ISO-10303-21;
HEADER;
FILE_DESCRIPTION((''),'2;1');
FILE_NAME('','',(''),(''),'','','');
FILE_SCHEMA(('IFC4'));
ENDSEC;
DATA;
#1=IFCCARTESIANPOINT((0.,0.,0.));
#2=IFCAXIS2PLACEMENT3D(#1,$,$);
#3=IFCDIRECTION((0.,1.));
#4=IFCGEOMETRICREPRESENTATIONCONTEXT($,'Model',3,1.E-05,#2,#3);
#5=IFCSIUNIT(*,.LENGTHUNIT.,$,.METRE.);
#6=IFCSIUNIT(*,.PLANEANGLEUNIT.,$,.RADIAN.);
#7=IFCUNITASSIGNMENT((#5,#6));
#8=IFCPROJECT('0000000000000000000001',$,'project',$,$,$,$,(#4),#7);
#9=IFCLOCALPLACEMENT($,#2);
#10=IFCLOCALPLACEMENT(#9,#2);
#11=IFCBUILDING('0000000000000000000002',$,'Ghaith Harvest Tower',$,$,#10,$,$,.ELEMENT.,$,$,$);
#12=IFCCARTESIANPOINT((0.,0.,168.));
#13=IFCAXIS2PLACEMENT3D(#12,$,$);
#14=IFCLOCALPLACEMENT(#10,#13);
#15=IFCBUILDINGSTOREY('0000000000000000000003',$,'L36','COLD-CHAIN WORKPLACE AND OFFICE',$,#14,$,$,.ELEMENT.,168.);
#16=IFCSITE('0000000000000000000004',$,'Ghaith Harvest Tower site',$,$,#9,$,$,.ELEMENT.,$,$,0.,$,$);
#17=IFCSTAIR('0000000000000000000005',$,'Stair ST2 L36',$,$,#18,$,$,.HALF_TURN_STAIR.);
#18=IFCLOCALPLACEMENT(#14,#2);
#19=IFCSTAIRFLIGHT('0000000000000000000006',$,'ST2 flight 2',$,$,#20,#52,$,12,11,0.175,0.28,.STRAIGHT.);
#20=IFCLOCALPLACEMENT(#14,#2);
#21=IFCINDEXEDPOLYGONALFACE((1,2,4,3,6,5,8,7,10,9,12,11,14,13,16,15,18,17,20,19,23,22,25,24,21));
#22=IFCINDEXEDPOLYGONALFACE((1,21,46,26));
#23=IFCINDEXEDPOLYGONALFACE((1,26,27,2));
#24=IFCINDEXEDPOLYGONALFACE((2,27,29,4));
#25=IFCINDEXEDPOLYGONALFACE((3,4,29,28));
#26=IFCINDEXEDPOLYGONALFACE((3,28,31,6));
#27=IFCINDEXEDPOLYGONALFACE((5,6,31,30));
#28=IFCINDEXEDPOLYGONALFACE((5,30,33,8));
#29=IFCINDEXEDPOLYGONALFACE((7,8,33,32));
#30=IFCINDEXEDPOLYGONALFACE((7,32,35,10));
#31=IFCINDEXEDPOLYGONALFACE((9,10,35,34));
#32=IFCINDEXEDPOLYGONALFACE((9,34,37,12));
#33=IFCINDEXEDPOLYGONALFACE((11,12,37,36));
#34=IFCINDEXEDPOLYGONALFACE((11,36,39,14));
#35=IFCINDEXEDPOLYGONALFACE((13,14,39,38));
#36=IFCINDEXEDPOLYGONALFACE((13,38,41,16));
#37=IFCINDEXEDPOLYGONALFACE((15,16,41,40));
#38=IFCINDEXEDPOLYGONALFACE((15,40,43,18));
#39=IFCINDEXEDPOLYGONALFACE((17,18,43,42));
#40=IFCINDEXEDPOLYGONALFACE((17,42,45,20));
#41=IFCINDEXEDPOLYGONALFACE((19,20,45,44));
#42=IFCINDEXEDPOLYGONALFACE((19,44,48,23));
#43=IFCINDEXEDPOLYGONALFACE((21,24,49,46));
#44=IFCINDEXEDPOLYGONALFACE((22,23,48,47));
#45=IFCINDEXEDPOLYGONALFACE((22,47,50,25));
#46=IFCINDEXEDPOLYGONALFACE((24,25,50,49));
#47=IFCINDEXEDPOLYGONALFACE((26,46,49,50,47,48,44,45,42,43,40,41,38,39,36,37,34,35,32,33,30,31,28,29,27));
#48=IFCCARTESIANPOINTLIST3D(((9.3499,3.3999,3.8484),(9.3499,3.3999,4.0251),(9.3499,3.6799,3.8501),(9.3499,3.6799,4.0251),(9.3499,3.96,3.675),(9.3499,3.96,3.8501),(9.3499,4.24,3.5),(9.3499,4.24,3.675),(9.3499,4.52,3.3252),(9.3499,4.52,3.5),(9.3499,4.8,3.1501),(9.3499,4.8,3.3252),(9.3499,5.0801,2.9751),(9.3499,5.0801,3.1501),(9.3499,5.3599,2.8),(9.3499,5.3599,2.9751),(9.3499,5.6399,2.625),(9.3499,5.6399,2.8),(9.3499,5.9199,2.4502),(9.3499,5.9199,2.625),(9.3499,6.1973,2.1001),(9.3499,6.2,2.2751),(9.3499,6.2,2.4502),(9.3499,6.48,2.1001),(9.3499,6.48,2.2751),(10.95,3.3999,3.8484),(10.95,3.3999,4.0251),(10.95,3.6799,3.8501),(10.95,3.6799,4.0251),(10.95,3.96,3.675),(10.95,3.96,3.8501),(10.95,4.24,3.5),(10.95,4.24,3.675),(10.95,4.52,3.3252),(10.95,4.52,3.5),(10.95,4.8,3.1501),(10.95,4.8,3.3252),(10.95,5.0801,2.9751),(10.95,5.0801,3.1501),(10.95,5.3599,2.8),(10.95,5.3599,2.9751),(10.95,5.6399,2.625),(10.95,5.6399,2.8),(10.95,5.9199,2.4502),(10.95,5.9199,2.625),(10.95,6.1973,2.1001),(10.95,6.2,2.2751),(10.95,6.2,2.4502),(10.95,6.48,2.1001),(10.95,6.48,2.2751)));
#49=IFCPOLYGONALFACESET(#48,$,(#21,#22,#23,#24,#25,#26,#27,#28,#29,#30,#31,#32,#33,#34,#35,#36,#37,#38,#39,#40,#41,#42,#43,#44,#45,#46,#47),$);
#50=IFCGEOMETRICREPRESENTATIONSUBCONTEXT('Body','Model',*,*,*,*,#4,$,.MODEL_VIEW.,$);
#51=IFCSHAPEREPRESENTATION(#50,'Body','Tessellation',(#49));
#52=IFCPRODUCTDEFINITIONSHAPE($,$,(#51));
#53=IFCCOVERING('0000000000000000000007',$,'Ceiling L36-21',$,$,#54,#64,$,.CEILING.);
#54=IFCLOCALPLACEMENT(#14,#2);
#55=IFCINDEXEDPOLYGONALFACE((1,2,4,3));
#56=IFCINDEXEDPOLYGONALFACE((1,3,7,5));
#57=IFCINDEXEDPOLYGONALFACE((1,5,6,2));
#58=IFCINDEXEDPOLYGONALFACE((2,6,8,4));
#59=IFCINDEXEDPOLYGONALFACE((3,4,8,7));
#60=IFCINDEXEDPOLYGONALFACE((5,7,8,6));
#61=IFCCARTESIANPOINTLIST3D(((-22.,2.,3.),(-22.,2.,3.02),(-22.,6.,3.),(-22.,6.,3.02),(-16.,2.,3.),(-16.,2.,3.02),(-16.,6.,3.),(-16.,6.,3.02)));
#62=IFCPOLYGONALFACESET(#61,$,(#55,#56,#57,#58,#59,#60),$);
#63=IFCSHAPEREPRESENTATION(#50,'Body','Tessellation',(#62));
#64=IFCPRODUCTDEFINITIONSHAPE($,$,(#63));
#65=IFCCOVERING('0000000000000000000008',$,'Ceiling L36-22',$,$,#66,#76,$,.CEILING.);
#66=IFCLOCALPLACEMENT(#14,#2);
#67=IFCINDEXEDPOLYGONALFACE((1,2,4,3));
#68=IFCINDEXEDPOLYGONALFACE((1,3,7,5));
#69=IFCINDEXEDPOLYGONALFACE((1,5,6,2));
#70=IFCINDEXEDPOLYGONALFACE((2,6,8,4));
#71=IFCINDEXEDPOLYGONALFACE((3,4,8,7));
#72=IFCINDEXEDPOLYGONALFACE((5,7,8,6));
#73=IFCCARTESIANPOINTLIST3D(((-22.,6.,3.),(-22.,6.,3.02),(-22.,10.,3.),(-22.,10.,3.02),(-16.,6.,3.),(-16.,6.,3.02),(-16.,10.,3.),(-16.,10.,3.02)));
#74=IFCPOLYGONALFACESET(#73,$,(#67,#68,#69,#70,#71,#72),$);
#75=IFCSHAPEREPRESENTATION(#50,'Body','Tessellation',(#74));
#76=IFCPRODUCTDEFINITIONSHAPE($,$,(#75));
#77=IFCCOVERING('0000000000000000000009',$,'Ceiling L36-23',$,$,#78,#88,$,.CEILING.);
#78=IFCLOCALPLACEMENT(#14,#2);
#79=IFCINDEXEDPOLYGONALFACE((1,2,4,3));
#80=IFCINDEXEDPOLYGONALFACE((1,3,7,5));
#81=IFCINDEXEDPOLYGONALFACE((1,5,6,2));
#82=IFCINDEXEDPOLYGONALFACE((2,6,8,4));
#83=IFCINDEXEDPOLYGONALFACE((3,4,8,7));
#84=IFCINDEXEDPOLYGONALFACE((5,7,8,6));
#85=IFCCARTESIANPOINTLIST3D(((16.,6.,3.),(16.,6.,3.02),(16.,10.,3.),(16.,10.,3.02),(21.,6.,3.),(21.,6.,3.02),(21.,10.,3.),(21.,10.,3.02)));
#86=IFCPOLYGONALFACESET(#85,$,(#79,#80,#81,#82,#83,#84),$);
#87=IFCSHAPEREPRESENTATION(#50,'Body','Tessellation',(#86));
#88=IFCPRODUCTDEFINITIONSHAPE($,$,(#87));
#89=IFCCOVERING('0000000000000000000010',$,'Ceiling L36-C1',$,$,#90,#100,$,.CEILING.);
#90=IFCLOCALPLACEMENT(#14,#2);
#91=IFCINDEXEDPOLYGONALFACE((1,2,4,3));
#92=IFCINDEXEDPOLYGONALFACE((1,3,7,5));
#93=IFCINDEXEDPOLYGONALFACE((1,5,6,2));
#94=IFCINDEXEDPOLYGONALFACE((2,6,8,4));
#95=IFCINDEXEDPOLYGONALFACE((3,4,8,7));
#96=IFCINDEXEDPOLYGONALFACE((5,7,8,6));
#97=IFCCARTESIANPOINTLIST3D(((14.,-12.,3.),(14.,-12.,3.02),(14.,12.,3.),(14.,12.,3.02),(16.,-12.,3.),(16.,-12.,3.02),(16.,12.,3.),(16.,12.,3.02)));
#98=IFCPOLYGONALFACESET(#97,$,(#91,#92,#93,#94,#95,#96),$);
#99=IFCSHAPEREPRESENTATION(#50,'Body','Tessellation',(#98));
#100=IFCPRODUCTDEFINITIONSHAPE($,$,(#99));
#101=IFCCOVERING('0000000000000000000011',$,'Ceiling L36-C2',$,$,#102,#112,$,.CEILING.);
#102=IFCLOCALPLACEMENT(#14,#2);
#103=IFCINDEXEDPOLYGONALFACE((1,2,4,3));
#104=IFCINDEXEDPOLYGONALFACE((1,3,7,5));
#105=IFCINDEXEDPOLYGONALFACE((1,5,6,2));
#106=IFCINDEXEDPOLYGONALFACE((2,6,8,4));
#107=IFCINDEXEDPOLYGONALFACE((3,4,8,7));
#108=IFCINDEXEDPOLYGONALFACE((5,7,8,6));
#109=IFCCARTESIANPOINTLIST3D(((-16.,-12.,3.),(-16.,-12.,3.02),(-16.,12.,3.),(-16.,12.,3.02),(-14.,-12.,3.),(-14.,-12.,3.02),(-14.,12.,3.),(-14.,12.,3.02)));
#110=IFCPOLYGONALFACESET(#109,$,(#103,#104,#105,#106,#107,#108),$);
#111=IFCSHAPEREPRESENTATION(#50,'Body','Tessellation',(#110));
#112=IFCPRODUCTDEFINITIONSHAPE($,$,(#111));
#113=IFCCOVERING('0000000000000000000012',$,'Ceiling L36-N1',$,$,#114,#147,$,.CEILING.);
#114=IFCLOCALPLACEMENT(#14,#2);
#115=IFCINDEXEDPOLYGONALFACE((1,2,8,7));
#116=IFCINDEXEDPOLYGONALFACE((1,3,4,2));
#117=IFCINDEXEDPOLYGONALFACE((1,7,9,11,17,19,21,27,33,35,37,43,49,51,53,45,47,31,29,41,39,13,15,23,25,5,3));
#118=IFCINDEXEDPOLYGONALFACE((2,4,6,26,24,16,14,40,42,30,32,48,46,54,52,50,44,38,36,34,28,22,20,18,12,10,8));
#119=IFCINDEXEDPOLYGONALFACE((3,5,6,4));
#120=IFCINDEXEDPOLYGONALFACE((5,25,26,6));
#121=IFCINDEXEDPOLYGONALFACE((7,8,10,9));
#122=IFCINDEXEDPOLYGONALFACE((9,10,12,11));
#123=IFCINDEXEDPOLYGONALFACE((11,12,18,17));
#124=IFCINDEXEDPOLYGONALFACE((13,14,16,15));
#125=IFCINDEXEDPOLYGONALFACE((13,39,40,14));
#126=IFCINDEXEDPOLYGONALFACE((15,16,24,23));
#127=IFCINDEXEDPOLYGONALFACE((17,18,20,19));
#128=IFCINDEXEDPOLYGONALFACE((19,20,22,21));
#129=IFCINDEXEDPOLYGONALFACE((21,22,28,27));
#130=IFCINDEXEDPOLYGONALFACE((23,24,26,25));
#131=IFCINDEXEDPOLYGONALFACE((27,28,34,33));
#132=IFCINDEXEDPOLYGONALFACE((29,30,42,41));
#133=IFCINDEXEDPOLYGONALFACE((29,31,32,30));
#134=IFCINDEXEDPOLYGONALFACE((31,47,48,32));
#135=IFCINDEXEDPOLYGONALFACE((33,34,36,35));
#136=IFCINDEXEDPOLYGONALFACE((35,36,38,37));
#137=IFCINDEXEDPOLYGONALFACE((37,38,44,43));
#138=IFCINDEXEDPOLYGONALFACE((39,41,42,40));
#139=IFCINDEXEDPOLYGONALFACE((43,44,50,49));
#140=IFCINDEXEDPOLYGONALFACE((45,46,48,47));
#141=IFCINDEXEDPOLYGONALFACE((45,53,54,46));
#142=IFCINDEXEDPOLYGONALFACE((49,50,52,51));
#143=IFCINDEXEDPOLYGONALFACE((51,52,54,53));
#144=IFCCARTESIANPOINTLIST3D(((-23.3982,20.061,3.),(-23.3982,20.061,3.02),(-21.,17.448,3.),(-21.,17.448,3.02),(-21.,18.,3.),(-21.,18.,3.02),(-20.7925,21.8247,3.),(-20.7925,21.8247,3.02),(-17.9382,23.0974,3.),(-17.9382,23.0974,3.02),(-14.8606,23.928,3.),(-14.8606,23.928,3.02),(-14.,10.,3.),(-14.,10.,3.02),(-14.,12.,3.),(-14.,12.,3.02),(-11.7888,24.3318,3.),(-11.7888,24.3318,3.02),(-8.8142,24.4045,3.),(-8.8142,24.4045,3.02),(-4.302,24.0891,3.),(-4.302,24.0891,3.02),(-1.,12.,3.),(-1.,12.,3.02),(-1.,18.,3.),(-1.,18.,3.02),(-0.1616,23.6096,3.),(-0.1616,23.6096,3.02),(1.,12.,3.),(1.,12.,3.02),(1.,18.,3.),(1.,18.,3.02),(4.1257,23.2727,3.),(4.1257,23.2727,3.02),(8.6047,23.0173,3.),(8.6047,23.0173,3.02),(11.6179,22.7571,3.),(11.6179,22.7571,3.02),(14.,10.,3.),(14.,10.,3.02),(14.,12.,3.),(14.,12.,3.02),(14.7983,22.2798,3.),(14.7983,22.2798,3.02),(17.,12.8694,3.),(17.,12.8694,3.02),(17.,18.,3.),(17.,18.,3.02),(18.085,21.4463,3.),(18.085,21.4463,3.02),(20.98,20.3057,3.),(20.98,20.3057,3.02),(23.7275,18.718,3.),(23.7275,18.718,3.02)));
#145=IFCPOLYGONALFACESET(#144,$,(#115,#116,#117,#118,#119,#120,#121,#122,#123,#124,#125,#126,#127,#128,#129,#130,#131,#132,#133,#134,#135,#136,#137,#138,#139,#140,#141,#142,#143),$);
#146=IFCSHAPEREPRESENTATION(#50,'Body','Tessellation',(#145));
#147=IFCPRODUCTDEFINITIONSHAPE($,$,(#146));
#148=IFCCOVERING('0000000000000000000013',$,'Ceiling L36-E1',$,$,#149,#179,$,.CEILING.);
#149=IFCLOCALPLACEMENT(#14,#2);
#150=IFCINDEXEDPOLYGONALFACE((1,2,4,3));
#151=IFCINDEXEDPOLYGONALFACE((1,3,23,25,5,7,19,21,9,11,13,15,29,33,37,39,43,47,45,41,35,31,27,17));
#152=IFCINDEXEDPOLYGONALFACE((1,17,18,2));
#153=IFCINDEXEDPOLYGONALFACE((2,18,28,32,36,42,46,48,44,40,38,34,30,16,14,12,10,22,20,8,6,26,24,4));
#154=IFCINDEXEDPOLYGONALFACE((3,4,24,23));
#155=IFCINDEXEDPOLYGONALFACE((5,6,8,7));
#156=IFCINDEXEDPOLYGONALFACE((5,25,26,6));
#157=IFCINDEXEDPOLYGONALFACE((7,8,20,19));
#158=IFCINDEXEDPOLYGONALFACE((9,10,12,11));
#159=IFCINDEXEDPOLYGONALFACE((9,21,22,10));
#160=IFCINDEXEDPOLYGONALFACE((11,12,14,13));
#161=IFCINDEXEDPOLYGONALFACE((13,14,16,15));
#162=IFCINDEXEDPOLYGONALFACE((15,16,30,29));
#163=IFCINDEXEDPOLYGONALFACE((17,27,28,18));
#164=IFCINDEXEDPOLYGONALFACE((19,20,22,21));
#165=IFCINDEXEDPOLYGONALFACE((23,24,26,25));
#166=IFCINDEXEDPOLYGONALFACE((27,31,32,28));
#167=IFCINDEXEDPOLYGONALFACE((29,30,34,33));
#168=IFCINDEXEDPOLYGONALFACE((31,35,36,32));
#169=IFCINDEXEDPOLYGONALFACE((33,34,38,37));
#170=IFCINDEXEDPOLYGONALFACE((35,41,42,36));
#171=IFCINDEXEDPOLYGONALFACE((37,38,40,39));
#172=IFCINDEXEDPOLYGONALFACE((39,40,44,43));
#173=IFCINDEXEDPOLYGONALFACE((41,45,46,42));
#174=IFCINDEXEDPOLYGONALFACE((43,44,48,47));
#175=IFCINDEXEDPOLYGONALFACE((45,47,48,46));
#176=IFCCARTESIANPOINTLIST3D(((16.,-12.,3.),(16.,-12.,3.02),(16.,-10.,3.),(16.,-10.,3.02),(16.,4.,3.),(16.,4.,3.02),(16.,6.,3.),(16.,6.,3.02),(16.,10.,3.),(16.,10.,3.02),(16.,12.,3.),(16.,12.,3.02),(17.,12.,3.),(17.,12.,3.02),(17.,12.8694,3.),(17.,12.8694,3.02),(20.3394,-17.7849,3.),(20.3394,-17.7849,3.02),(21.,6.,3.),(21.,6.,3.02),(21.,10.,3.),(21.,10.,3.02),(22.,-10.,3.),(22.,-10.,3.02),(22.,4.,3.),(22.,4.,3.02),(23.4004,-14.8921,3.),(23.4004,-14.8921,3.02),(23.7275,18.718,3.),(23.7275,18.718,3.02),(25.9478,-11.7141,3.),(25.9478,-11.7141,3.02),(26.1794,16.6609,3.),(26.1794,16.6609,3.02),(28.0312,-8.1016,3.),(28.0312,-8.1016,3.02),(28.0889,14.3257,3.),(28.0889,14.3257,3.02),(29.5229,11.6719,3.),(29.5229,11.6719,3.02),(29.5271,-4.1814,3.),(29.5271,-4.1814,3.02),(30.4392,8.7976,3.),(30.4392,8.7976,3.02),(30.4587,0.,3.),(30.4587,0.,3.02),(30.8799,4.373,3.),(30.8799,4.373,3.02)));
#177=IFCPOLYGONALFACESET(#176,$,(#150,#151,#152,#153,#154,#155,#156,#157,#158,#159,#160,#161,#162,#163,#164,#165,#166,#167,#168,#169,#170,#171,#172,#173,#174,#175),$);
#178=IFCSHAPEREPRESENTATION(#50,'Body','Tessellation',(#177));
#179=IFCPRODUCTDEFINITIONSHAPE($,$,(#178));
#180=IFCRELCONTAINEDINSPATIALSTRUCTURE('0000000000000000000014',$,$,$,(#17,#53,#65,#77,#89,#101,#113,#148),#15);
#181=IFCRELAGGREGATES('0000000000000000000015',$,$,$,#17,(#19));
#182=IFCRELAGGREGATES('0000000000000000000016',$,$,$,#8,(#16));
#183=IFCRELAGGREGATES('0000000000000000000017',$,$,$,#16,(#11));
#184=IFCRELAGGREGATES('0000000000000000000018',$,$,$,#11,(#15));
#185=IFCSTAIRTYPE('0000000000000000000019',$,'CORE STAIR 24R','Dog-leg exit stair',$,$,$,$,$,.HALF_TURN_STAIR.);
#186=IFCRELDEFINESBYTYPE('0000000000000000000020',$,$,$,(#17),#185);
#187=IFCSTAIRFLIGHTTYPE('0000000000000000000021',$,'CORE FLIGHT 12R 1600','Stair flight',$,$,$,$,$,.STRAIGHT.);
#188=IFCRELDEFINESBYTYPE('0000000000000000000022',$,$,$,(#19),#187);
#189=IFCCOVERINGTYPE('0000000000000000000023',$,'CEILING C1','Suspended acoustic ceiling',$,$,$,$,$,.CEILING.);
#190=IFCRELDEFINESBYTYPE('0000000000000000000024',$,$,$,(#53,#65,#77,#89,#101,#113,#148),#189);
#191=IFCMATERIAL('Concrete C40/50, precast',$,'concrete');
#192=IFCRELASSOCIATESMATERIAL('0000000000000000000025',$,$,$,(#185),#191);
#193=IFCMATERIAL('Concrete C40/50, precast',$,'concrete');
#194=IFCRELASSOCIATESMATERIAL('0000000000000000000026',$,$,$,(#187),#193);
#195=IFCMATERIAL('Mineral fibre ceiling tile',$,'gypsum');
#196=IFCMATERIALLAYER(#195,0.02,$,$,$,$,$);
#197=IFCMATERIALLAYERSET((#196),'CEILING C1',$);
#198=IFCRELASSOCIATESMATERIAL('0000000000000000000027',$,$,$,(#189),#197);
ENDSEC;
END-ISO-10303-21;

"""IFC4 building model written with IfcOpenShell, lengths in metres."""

from ifc_helpers import new_model, si_unit, direction, frame, origin, place, context, subcontext, project, spatial, polyline, outline, extrude, material, layer, layer_set, type_object, element, aggregate, save


model = new_model("IFC4")

# Units and contexts
model_context = context("Model", 3, precision=1e-05, world=origin(), true_north=direction((0.0, 1.0)))
body_context = subcontext(model_context, "Body", "Model", "MODEL_VIEW")
ifc_project = project(units=[si_unit("LENGTHUNIT", "METRE"), si_unit("PLANEANGLEUNIT", "RADIAN")], contexts=[model_context])

# Site, building, storey
site_placement = place(None, origin())
site = spatial("IfcSite", under=ifc_project, at=site_placement, Name="Ghaith Harvest Tower site", CompositionType="ELEMENT", RefElevation=0.0)
building_placement = place(site_placement, origin())
building = spatial("IfcBuilding", under=site, at=building_placement, Name="Ghaith Harvest Tower", CompositionType="ELEMENT")
storey_placement = place(building_placement, frame((0.0, 0.0, 168.0)))
storey = spatial("IfcBuildingStorey", under=building, at=storey_placement, Name="L36", Description="COLD-CHAIN WORKPLACE AND OFFICE", CompositionType="ELEMENT", Elevation=168.0)

# Stair, stair flight
ifc_material_1 = material(Name="Concrete C40/50, precast", Category="concrete")
stair_type = type_object("IfcStairType", Name="CORE STAIR 24R", Description="Dog-leg exit stair", PredefinedType="HALF_TURN_STAIR", material=ifc_material_1)
stair_placement = place(storey_placement, origin())
stair = element("IfcStair", 1, at=stair_placement, inside=storey, type_object=stair_type, Name="Stair ST2 L36", PredefinedType="HALF_TURN_STAIR")
ifc_material_2 = material(Name="Concrete C40/50, precast", Category="concrete")
stair_flight_type = type_object("IfcStairFlightType", Name="CORE FLIGHT 12R 1600", Description="Stair flight", PredefinedType="STRAIGHT", material=ifc_material_2)
stair_flight_1_placement = place(storey_placement, frame((10.1499, 6.48, 2.1001), z_axis=(0.0, 0.0, 1.0), x_axis=(0.0, -1.0, 0.0)))
stair_flight_1 = element("IfcStairFlight", 2, at=stair_flight_1_placement, type_object=stair_flight_type, Name="ST2 flight 2", NumberOfRisers=12, NumberOfTreads=11, PredefinedType="STRAIGHT", RiserHeight=0.175, TreadLength=0.28, context=body_context, shape_type="SweptSolid", body=[
    extrude(outline(polyline([(0.0, 0.0), (0.0, 0.175), (0.28, 0.175), (0.28, 0.3501), (0.5601, 0.3501), (0.5601, 0.5249), (0.8401, 0.5249), (0.8401, 0.7), (1.1201, 0.7), (1.1201, 0.875), (1.3999, 0.875), (1.3999, 1.05), (1.6799, 1.05), (1.6799, 1.2251), (1.96, 1.2251), (1.96, 1.3999), (2.24, 1.3999), (2.24, 1.575), (2.52, 1.575), (2.52, 1.75), (2.8, 1.75), (2.8, 1.925), (3.0801, 1.925), (3.0801, 2.1001), (3.0801, 1.7483), (0.2827, 0.0), (0.0, 0.0)])), frame((0.0, 0.8, 0.0), z_axis=(0.0, -1.0, 0.0), x_axis=(1.0, 0.0, 0.0)), (0.0, 0.0, 1.0), 1.6001),
])
aggregate(stair, [stair_flight_1])

# Coverings
ifc_material_3 = material(Name="Mineral fibre ceiling tile", Category="gypsum")
ifc_layer_1 = layer(ifc_material_3, 0.02)
ifc_layer_set_1 = layer_set([ifc_layer_1], Name="CEILING C1")
covering_type = type_object("IfcCoveringType", Name="CEILING C1", Description="Suspended acoustic ceiling", PredefinedType="CEILING", material=ifc_layer_set_1)
covering_1_placement = place(storey_placement, frame((0.0, 0.0, 3.0)))
element("IfcCovering", 3, at=covering_1_placement, inside=storey, type_object=covering_type, Name="Ceiling L36-21", PredefinedType="CEILING", context=body_context, shape_type="SweptSolid", body=[
    extrude(outline(polyline([(-22.0, 2.0), (-16.0, 2.0), (-16.0, 6.0), (-22.0, 6.0), (-22.0, 2.0)])), origin(), (0.0, 0.0, 1.0), 0.02),
])
covering_2_placement = place(storey_placement, frame((0.0, 0.0, 3.0)))
element("IfcCovering", 4, at=covering_2_placement, inside=storey, type_object=covering_type, Name="Ceiling L36-22", PredefinedType="CEILING", context=body_context, shape_type="SweptSolid", body=[
    extrude(outline(polyline([(-22.0, 6.0), (-16.0, 6.0), (-16.0, 10.0), (-22.0, 10.0), (-22.0, 6.0)])), origin(), (0.0, 0.0, 1.0), 0.02),
])
covering_3_placement = place(storey_placement, frame((0.0, 0.0, 3.0)))
element("IfcCovering", 5, at=covering_3_placement, inside=storey, type_object=covering_type, Name="Ceiling L36-23", PredefinedType="CEILING", context=body_context, shape_type="SweptSolid", body=[
    extrude(outline(polyline([(16.0, 6.0), (21.0, 6.0), (21.0, 10.0), (16.0, 10.0), (16.0, 6.0)])), origin(), (0.0, 0.0, 1.0), 0.02),
])
covering_4_placement = place(storey_placement, frame((0.0, 0.0, 3.0)))
element("IfcCovering", 6, at=covering_4_placement, inside=storey, type_object=covering_type, Name="Ceiling L36-C1", PredefinedType="CEILING", context=body_context, shape_type="SweptSolid", body=[
    extrude(outline(polyline([(14.0, -12.0), (14.0, 12.0), (16.0, 12.0), (16.0, -12.0), (14.0, -12.0)])), origin(), (0.0, 0.0, 1.0), 0.02),
])
covering_5_placement = place(storey_placement, frame((0.0, 0.0, 3.0)))
element("IfcCovering", 7, at=covering_5_placement, inside=storey, type_object=covering_type, Name="Ceiling L36-C2", PredefinedType="CEILING", context=body_context, shape_type="SweptSolid", body=[
    extrude(outline(polyline([(-14.0, 12.0), (-14.0, -12.0), (-16.0, -12.0), (-16.0, 12.0), (-14.0, 12.0)])), origin(), (0.0, 0.0, 1.0), 0.02),
])
covering_6_placement = place(storey_placement, frame((0.0, 0.0, 3.0)))
element("IfcCovering", 8, at=covering_6_placement, inside=storey, type_object=covering_type, Name="Ceiling L36-N1", PredefinedType="CEILING", context=body_context, shape_type="SweptSolid", body=[
    extrude(outline(polyline([(-20.7925, 21.8247), (-17.9382, 23.0974), (-14.8606, 23.928), (-11.7888, 24.3318), (-8.8142, 24.4045), (-4.302, 24.0891), (-0.1616, 23.6096), (4.1257, 23.2727), (8.6047, 23.0173), (11.6179, 22.7571), (14.7983, 22.2798), (18.085, 21.4463), (20.98, 20.3057), (23.7275, 18.718), (17.0, 12.8694), (17.0, 18.0), (1.0, 18.0), (1.0, 12.0), (14.0, 12.0), (14.0, 10.0), (-14.0, 10.0), (-14.0, 12.0), (-1.0, 12.0), (-1.0, 18.0), (-21.0, 18.0), (-21.0, 17.448), (-23.3982, 20.061), (-20.7925, 21.8247)])), origin(), (0.0, 0.0, 1.0), 0.02),
])
covering_7_placement = place(storey_placement, frame((0.0, 0.0, 3.0)))
element("IfcCovering", 9, at=covering_7_placement, inside=storey, type_object=covering_type, Name="Ceiling L36-E1", PredefinedType="CEILING", context=body_context, shape_type="SweptSolid", body=[
    extrude(outline(polyline([(26.1794, 16.6609), (28.0889, 14.3257), (29.5229, 11.6719), (30.4392, 8.7976), (30.8799, 4.373), (30.4587, 0.0), (29.5271, -4.1814), (28.0312, -8.1016), (25.9478, -11.7141), (23.4004, -14.8921), (20.3394, -17.7849), (16.0, -12.0), (16.0, -10.0), (22.0, -10.0), (22.0, 4.0), (16.0, 4.0), (16.0, 6.0), (21.0, 6.0), (21.0, 10.0), (16.0, 10.0), (16.0, 12.0), (17.0, 12.0), (17.0, 12.8694), (23.7275, 18.718), (26.1794, 16.6609)])), origin(), (0.0, 0.0, 1.0), 0.02),
])

save(model, "model.ifc")
